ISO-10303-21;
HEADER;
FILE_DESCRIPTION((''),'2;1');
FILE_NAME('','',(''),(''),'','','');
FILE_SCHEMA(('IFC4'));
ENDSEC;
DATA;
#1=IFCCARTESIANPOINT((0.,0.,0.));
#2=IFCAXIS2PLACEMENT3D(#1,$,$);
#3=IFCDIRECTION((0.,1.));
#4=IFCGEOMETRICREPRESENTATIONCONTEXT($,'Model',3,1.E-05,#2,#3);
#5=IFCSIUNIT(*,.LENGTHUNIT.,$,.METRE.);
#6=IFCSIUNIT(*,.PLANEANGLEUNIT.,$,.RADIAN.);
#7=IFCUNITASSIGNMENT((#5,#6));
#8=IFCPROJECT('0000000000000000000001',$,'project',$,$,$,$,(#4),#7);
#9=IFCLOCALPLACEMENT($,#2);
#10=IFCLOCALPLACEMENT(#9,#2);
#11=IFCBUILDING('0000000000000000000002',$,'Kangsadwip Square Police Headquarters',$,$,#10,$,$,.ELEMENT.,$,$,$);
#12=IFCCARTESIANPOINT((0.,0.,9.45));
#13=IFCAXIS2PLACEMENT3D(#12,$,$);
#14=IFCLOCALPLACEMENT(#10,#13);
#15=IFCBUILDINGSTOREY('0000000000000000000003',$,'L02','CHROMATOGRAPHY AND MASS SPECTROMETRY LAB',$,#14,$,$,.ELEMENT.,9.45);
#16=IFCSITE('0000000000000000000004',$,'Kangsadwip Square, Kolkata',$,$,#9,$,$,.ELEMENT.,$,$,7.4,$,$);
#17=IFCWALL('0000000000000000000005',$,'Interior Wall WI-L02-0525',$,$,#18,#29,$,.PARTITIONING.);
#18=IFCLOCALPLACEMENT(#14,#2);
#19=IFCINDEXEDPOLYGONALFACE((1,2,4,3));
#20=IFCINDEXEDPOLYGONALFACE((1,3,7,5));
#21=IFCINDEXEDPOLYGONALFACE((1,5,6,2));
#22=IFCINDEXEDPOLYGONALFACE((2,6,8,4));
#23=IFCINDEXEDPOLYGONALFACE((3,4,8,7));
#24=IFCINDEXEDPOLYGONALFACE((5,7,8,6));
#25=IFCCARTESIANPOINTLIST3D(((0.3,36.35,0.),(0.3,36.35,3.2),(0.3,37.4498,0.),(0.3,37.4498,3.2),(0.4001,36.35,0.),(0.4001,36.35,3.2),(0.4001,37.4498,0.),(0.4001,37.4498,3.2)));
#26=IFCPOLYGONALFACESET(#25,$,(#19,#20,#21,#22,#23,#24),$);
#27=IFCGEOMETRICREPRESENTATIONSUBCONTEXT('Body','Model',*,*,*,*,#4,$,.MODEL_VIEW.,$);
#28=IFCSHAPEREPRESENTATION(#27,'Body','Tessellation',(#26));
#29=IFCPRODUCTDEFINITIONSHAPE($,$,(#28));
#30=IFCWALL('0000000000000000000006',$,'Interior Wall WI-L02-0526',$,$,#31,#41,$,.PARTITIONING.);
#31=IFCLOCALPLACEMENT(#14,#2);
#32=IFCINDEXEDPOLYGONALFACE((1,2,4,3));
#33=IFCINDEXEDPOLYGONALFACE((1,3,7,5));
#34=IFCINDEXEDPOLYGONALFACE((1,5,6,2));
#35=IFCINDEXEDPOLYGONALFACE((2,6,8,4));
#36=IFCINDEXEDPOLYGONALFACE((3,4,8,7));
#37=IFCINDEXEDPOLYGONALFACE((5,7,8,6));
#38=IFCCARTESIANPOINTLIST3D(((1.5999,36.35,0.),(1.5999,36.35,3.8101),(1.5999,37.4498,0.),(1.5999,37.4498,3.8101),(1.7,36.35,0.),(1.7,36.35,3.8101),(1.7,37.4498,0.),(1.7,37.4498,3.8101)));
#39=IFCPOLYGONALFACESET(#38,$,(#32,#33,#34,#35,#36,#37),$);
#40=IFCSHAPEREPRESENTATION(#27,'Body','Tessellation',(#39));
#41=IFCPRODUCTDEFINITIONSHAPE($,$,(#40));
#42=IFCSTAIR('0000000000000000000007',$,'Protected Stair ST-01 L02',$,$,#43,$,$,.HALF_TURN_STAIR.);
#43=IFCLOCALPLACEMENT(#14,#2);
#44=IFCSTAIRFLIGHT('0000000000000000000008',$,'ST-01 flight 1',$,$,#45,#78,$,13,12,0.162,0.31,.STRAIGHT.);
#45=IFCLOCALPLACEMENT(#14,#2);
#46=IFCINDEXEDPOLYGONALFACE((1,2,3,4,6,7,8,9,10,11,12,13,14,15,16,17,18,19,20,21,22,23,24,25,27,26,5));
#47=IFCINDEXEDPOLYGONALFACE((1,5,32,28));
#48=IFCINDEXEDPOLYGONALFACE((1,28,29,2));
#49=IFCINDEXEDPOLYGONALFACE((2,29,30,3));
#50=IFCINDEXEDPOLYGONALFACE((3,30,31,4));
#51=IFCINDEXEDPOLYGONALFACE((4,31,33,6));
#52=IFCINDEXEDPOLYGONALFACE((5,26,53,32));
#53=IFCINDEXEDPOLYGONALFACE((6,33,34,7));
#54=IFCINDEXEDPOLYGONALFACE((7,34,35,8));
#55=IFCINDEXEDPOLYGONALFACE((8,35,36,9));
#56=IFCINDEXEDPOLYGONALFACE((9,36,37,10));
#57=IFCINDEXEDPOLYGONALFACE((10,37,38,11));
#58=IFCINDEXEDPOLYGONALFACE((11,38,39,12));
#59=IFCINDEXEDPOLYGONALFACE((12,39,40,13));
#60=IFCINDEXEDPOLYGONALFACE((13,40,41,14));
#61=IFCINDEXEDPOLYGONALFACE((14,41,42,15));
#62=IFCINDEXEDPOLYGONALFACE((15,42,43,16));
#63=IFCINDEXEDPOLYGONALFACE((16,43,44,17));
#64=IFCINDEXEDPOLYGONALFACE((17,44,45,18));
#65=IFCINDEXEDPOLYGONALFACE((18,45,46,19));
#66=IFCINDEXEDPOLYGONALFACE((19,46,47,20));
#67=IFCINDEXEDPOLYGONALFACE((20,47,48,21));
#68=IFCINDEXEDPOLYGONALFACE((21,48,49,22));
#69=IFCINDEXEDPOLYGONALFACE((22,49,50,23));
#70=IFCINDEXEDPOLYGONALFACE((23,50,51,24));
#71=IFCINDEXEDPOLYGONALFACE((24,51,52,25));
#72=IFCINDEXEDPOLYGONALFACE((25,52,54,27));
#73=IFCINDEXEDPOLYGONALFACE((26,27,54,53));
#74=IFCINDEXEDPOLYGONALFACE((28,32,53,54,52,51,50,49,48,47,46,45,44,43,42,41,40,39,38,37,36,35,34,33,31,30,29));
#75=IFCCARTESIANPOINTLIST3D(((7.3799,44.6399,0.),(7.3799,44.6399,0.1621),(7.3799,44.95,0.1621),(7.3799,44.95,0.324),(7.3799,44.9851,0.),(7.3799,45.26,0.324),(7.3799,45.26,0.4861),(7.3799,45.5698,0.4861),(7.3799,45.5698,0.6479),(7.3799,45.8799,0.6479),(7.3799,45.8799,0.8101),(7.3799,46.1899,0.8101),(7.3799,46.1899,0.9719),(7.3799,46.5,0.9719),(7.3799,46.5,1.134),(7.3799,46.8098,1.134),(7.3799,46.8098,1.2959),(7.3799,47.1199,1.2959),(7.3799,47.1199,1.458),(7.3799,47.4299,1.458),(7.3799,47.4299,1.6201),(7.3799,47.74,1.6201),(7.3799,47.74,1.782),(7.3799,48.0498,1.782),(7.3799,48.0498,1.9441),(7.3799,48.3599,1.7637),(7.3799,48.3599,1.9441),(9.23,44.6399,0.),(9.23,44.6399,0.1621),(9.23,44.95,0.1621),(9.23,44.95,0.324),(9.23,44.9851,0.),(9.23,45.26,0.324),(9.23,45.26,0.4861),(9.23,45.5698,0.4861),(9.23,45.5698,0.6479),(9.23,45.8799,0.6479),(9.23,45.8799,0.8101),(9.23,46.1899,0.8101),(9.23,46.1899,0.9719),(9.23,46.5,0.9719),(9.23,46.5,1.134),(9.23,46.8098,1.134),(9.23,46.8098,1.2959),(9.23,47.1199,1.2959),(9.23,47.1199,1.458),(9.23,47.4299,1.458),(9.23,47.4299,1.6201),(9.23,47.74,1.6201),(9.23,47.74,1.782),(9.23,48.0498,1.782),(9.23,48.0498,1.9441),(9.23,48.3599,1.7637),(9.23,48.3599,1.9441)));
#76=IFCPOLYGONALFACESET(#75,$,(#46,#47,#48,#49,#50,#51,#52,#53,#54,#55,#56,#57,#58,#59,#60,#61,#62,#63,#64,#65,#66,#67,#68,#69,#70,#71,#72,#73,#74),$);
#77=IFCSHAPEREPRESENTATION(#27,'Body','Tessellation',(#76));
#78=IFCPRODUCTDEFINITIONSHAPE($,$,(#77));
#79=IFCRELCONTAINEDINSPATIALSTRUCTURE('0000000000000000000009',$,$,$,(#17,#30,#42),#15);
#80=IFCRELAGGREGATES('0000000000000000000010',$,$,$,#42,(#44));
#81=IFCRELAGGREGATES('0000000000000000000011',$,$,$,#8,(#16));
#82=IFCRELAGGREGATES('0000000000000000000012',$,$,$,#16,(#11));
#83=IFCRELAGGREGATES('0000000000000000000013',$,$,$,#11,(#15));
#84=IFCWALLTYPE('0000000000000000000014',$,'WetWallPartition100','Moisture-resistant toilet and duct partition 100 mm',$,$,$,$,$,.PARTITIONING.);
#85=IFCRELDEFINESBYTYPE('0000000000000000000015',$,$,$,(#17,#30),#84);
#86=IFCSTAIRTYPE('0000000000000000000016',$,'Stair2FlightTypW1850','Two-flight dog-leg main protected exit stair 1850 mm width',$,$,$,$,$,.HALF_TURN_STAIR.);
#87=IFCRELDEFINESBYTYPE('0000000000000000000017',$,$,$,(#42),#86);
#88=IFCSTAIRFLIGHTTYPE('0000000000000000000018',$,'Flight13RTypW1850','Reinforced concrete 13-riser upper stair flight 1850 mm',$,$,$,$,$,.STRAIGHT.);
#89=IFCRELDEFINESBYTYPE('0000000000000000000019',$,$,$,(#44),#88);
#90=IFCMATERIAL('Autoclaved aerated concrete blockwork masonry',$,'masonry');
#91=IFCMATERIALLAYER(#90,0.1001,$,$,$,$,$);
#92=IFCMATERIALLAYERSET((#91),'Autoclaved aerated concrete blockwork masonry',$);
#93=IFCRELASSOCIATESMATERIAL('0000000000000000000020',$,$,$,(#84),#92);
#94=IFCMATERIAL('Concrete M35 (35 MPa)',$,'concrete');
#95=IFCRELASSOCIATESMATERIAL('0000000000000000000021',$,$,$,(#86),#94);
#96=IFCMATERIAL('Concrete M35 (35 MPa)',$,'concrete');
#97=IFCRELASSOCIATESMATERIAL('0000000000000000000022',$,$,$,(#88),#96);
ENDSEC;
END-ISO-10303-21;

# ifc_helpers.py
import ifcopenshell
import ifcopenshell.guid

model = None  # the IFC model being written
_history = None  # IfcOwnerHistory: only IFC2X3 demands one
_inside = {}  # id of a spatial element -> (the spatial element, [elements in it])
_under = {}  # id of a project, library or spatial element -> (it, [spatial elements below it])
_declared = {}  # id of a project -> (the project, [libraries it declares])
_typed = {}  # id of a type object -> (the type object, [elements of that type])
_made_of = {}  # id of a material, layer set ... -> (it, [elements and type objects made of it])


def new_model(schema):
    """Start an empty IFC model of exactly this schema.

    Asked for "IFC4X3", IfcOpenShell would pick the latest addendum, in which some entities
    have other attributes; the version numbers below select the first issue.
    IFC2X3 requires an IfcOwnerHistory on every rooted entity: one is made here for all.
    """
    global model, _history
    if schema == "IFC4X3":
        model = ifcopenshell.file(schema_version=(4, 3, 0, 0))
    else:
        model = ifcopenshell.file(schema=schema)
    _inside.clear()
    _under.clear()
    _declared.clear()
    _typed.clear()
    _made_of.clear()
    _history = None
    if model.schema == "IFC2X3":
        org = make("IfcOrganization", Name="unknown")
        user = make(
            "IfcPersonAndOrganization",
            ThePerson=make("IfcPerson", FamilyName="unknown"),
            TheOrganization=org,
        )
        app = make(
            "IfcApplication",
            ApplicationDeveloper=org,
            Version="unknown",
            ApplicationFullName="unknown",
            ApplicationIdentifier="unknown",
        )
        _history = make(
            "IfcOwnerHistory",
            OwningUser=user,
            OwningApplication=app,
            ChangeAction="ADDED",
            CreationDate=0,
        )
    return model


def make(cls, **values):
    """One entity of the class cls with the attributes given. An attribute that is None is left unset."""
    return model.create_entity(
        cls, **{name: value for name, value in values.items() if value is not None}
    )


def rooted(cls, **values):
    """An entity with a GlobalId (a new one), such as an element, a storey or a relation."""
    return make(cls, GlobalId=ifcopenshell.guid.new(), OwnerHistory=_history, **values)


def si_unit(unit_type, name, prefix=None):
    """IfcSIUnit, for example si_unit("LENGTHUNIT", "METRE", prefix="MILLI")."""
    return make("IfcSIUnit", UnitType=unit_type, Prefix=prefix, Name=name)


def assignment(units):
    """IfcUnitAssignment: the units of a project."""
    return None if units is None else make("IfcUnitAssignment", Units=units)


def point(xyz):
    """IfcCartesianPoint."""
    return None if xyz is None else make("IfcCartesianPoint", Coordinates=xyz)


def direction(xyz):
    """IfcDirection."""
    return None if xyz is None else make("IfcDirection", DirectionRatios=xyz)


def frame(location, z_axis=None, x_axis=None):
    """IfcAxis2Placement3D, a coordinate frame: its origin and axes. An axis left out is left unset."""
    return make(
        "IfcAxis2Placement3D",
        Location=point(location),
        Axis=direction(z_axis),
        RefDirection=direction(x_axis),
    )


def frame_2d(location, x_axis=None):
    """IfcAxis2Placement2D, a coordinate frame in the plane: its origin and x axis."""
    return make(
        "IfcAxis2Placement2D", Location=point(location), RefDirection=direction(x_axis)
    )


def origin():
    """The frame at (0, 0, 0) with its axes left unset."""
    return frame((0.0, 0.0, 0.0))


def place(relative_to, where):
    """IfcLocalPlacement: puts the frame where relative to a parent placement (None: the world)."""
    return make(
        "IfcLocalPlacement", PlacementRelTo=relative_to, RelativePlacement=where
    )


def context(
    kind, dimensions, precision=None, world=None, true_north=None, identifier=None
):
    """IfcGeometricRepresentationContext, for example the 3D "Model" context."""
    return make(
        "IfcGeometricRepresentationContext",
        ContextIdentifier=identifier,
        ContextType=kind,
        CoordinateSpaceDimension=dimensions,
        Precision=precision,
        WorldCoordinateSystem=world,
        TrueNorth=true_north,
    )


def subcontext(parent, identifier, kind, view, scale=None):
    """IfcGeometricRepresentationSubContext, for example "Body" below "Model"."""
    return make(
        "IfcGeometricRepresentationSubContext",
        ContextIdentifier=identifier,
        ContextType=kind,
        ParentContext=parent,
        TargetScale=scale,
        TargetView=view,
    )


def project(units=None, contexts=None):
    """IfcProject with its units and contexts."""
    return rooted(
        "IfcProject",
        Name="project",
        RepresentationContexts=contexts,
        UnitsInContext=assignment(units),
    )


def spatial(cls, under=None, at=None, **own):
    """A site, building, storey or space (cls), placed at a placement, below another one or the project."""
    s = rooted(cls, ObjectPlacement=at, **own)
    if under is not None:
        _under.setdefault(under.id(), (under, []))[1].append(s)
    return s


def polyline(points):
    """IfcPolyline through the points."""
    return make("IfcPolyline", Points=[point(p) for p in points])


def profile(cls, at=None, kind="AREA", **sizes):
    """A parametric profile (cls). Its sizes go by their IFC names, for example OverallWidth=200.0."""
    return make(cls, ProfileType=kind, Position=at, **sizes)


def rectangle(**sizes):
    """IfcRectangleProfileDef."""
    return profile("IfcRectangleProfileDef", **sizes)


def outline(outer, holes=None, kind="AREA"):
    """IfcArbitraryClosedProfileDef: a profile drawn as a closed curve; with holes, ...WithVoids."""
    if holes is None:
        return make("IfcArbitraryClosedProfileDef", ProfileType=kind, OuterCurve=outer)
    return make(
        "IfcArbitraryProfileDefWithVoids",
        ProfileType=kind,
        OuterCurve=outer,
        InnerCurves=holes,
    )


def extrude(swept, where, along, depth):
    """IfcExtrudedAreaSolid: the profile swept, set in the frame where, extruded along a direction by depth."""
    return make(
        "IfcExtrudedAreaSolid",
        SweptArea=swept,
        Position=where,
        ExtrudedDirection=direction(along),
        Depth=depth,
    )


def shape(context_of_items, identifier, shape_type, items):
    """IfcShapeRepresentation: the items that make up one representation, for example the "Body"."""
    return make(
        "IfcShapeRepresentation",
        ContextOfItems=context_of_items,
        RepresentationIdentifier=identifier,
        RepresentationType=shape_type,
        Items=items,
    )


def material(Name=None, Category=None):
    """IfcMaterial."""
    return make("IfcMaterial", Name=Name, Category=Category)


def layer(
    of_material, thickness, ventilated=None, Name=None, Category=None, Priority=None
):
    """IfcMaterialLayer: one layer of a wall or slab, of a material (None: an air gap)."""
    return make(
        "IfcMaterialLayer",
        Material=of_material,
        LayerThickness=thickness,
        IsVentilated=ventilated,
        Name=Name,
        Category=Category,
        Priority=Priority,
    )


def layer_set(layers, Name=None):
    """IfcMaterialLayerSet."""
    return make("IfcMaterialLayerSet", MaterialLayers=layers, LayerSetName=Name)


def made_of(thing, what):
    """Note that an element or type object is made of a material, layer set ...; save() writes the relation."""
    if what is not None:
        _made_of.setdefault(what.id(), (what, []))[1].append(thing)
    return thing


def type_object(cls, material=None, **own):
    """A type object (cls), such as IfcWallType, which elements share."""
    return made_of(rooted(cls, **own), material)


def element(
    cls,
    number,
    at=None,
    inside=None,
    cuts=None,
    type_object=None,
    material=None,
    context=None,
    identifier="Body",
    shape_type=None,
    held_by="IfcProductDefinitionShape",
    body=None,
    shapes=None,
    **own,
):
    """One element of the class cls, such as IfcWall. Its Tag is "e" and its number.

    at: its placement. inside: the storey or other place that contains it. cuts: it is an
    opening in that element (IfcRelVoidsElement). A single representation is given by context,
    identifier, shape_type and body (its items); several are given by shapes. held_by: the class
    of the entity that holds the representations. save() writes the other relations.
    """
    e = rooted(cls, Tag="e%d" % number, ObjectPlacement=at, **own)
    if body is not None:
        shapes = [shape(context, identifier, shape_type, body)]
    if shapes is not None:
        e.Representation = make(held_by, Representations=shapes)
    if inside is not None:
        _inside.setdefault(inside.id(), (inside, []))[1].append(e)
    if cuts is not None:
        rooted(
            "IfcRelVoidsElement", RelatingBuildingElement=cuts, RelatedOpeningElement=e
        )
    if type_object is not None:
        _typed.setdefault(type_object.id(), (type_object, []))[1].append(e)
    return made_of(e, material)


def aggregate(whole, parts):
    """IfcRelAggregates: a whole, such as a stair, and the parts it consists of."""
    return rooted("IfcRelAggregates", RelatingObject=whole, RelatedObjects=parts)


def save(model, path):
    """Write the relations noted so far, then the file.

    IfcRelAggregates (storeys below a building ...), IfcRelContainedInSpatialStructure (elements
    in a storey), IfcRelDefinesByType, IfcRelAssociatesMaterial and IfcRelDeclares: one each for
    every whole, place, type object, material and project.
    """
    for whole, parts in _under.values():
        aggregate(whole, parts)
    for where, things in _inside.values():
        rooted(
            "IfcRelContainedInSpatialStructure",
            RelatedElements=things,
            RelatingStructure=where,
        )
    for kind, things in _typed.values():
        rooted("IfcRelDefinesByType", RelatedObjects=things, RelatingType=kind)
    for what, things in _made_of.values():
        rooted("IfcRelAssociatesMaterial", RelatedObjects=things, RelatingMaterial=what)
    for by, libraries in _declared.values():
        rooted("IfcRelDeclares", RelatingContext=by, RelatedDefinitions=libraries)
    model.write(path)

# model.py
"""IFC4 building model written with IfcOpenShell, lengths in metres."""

from ifc_helpers import new_model, si_unit, direction, frame, frame_2d, origin, place, context, subcontext, project, spatial, polyline, rectangle, outline, extrude, material, layer, layer_set, type_object, element, aggregate, save


model = new_model("IFC4")

# Units and contexts
model_context = context("Model", 3, precision=1e-05, world=origin(), true_north=direction((0.0, 1.0)))
body_context = subcontext(model_context, "Body", "Model", "MODEL_VIEW")
ifc_project = project(units=[si_unit("LENGTHUNIT", "METRE"), si_unit("PLANEANGLEUNIT", "RADIAN")], contexts=[model_context])

# Site, building, storey
site_placement = place(None, origin())
site = spatial("IfcSite", under=ifc_project, at=site_placement, Name="Kangsadwip Square, Kolkata", CompositionType="ELEMENT", RefElevation=7.4)
building_placement = place(site_placement, origin())
building = spatial("IfcBuilding", under=site, at=building_placement, Name="Kangsadwip Square Police Headquarters", CompositionType="ELEMENT")
storey_placement = place(building_placement, frame((0.0, 0.0, 9.45)))
storey = spatial("IfcBuildingStorey", under=building, at=storey_placement, Name="L02", Description="CHROMATOGRAPHY AND MASS SPECTROMETRY LAB", CompositionType="ELEMENT", Elevation=9.45)

# Walls
ifc_material_1 = material(Name="Autoclaved aerated concrete blockwork masonry", Category="masonry")
ifc_layer_1 = layer(ifc_material_1, 0.1001)
ifc_layer_set_1 = layer_set([ifc_layer_1], Name="Autoclaved aerated concrete blockwork masonry")
wall_type_1 = type_object("IfcWallType", Name="WetWallPartition100", Description="Moisture-resistant toilet and duct partition 100 mm", PredefinedType="PARTITIONING", material=ifc_layer_set_1)
wall_1_placement = place(storey_placement, frame((0.3501, 36.3501, 0.0), z_axis=(0.0, 0.0, 1.0), x_axis=(0.0, 1.0, 0.0)))
element("IfcWall", 1, at=wall_1_placement, inside=storey, type_object=wall_type_1, Name="Interior Wall WI-L02-0525", PredefinedType="PARTITIONING", context=body_context, shape_type="SweptSolid", body=[
    extrude(rectangle(XDim=1.0999, YDim=0.1001, at=frame_2d((0.5498, 0.0))), origin(), (0.0, 0.0, 1.0), 3.2),
])
wall_2_placement = place(storey_placement, frame((1.6499, 36.3501, 0.0), z_axis=(0.0, 0.0, 1.0), x_axis=(0.0, 1.0, 0.0)))
element("IfcWall", 2, at=wall_2_placement, inside=storey, type_object=wall_type_1, Name="Interior Wall WI-L02-0526", PredefinedType="PARTITIONING", context=body_context, shape_type="SweptSolid", body=[
    extrude(rectangle(XDim=1.0999, YDim=0.1001, at=frame_2d((0.5498, 0.0))), origin(), (0.0, 0.0, 1.0), 3.8101),
])

# Stair, stair flight
ifc_material_2 = material(Name="Concrete M35 (35 MPa)", Category="concrete")
stair_type = type_object("IfcStairType", Name="Stair2FlightTypW1850", Description="Two-flight dog-leg main protected exit stair 1850 mm width", PredefinedType="HALF_TURN_STAIR", material=ifc_material_2)
stair_placement = place(storey_placement, origin())
stair = element("IfcStair", 3, at=stair_placement, inside=storey, type_object=stair_type, Name="Protected Stair ST-01 L02", PredefinedType="HALF_TURN_STAIR")
ifc_material_3 = material(Name="Concrete M35 (35 MPa)", Category="concrete")
stair_flight_type = type_object("IfcStairFlightType", Name="Flight13RTypW1850", Description="Reinforced concrete 13-riser upper stair flight 1850 mm", PredefinedType="STRAIGHT", material=ifc_material_3)
stair_flight_placement = place(storey_placement, frame((8.3049, 44.6399, 0.0), z_axis=(0.0, 0.0, 1.0), x_axis=(0.0, 1.0, 0.0)))
stair_flight = element("IfcStairFlight", 4, at=stair_flight_placement, type_object=stair_flight_type, Name="ST-01 flight 1", NumberOfRisers=13, NumberOfTreads=12, PredefinedType="STRAIGHT", RiserHeight=0.162, TreadLength=0.31, context=body_context, shape_type="SweptSolid", body=[
    extrude(outline(polyline([(0.0, 0.0), (0.0, 0.1621), (0.3101, 0.1621), (0.3101, 0.324), (0.6201, 0.324), (0.6201, 0.4861), (0.9299, 0.4861), (0.9299, 0.6479), (1.24, 0.6479), (1.24, 0.8101), (1.55, 0.8101), (1.55, 0.9719), (1.8601, 0.9719), (1.8601, 1.134), (2.1699, 1.134), (2.1699, 1.2959), (2.48, 1.2959), (2.48, 1.458), (2.79, 1.458), (2.79, 1.6201), (3.1001, 1.6201), (3.1001, 1.782), (3.4099, 1.782), (3.4099, 1.9441), (3.72, 1.9441), (3.72, 2.106), (3.72, 1.7637), (0.3452, 0.0), (0.0, 0.0)])), frame((0.0, 0.925, 0.0), z_axis=(0.0, -1.0, 0.0), x_axis=(1.0, 0.0, 0.0)), (0.0, 0.0, 1.0), 1.8501),
])
aggregate(stair, [stair_flight])

save(model, "model.ifc")
